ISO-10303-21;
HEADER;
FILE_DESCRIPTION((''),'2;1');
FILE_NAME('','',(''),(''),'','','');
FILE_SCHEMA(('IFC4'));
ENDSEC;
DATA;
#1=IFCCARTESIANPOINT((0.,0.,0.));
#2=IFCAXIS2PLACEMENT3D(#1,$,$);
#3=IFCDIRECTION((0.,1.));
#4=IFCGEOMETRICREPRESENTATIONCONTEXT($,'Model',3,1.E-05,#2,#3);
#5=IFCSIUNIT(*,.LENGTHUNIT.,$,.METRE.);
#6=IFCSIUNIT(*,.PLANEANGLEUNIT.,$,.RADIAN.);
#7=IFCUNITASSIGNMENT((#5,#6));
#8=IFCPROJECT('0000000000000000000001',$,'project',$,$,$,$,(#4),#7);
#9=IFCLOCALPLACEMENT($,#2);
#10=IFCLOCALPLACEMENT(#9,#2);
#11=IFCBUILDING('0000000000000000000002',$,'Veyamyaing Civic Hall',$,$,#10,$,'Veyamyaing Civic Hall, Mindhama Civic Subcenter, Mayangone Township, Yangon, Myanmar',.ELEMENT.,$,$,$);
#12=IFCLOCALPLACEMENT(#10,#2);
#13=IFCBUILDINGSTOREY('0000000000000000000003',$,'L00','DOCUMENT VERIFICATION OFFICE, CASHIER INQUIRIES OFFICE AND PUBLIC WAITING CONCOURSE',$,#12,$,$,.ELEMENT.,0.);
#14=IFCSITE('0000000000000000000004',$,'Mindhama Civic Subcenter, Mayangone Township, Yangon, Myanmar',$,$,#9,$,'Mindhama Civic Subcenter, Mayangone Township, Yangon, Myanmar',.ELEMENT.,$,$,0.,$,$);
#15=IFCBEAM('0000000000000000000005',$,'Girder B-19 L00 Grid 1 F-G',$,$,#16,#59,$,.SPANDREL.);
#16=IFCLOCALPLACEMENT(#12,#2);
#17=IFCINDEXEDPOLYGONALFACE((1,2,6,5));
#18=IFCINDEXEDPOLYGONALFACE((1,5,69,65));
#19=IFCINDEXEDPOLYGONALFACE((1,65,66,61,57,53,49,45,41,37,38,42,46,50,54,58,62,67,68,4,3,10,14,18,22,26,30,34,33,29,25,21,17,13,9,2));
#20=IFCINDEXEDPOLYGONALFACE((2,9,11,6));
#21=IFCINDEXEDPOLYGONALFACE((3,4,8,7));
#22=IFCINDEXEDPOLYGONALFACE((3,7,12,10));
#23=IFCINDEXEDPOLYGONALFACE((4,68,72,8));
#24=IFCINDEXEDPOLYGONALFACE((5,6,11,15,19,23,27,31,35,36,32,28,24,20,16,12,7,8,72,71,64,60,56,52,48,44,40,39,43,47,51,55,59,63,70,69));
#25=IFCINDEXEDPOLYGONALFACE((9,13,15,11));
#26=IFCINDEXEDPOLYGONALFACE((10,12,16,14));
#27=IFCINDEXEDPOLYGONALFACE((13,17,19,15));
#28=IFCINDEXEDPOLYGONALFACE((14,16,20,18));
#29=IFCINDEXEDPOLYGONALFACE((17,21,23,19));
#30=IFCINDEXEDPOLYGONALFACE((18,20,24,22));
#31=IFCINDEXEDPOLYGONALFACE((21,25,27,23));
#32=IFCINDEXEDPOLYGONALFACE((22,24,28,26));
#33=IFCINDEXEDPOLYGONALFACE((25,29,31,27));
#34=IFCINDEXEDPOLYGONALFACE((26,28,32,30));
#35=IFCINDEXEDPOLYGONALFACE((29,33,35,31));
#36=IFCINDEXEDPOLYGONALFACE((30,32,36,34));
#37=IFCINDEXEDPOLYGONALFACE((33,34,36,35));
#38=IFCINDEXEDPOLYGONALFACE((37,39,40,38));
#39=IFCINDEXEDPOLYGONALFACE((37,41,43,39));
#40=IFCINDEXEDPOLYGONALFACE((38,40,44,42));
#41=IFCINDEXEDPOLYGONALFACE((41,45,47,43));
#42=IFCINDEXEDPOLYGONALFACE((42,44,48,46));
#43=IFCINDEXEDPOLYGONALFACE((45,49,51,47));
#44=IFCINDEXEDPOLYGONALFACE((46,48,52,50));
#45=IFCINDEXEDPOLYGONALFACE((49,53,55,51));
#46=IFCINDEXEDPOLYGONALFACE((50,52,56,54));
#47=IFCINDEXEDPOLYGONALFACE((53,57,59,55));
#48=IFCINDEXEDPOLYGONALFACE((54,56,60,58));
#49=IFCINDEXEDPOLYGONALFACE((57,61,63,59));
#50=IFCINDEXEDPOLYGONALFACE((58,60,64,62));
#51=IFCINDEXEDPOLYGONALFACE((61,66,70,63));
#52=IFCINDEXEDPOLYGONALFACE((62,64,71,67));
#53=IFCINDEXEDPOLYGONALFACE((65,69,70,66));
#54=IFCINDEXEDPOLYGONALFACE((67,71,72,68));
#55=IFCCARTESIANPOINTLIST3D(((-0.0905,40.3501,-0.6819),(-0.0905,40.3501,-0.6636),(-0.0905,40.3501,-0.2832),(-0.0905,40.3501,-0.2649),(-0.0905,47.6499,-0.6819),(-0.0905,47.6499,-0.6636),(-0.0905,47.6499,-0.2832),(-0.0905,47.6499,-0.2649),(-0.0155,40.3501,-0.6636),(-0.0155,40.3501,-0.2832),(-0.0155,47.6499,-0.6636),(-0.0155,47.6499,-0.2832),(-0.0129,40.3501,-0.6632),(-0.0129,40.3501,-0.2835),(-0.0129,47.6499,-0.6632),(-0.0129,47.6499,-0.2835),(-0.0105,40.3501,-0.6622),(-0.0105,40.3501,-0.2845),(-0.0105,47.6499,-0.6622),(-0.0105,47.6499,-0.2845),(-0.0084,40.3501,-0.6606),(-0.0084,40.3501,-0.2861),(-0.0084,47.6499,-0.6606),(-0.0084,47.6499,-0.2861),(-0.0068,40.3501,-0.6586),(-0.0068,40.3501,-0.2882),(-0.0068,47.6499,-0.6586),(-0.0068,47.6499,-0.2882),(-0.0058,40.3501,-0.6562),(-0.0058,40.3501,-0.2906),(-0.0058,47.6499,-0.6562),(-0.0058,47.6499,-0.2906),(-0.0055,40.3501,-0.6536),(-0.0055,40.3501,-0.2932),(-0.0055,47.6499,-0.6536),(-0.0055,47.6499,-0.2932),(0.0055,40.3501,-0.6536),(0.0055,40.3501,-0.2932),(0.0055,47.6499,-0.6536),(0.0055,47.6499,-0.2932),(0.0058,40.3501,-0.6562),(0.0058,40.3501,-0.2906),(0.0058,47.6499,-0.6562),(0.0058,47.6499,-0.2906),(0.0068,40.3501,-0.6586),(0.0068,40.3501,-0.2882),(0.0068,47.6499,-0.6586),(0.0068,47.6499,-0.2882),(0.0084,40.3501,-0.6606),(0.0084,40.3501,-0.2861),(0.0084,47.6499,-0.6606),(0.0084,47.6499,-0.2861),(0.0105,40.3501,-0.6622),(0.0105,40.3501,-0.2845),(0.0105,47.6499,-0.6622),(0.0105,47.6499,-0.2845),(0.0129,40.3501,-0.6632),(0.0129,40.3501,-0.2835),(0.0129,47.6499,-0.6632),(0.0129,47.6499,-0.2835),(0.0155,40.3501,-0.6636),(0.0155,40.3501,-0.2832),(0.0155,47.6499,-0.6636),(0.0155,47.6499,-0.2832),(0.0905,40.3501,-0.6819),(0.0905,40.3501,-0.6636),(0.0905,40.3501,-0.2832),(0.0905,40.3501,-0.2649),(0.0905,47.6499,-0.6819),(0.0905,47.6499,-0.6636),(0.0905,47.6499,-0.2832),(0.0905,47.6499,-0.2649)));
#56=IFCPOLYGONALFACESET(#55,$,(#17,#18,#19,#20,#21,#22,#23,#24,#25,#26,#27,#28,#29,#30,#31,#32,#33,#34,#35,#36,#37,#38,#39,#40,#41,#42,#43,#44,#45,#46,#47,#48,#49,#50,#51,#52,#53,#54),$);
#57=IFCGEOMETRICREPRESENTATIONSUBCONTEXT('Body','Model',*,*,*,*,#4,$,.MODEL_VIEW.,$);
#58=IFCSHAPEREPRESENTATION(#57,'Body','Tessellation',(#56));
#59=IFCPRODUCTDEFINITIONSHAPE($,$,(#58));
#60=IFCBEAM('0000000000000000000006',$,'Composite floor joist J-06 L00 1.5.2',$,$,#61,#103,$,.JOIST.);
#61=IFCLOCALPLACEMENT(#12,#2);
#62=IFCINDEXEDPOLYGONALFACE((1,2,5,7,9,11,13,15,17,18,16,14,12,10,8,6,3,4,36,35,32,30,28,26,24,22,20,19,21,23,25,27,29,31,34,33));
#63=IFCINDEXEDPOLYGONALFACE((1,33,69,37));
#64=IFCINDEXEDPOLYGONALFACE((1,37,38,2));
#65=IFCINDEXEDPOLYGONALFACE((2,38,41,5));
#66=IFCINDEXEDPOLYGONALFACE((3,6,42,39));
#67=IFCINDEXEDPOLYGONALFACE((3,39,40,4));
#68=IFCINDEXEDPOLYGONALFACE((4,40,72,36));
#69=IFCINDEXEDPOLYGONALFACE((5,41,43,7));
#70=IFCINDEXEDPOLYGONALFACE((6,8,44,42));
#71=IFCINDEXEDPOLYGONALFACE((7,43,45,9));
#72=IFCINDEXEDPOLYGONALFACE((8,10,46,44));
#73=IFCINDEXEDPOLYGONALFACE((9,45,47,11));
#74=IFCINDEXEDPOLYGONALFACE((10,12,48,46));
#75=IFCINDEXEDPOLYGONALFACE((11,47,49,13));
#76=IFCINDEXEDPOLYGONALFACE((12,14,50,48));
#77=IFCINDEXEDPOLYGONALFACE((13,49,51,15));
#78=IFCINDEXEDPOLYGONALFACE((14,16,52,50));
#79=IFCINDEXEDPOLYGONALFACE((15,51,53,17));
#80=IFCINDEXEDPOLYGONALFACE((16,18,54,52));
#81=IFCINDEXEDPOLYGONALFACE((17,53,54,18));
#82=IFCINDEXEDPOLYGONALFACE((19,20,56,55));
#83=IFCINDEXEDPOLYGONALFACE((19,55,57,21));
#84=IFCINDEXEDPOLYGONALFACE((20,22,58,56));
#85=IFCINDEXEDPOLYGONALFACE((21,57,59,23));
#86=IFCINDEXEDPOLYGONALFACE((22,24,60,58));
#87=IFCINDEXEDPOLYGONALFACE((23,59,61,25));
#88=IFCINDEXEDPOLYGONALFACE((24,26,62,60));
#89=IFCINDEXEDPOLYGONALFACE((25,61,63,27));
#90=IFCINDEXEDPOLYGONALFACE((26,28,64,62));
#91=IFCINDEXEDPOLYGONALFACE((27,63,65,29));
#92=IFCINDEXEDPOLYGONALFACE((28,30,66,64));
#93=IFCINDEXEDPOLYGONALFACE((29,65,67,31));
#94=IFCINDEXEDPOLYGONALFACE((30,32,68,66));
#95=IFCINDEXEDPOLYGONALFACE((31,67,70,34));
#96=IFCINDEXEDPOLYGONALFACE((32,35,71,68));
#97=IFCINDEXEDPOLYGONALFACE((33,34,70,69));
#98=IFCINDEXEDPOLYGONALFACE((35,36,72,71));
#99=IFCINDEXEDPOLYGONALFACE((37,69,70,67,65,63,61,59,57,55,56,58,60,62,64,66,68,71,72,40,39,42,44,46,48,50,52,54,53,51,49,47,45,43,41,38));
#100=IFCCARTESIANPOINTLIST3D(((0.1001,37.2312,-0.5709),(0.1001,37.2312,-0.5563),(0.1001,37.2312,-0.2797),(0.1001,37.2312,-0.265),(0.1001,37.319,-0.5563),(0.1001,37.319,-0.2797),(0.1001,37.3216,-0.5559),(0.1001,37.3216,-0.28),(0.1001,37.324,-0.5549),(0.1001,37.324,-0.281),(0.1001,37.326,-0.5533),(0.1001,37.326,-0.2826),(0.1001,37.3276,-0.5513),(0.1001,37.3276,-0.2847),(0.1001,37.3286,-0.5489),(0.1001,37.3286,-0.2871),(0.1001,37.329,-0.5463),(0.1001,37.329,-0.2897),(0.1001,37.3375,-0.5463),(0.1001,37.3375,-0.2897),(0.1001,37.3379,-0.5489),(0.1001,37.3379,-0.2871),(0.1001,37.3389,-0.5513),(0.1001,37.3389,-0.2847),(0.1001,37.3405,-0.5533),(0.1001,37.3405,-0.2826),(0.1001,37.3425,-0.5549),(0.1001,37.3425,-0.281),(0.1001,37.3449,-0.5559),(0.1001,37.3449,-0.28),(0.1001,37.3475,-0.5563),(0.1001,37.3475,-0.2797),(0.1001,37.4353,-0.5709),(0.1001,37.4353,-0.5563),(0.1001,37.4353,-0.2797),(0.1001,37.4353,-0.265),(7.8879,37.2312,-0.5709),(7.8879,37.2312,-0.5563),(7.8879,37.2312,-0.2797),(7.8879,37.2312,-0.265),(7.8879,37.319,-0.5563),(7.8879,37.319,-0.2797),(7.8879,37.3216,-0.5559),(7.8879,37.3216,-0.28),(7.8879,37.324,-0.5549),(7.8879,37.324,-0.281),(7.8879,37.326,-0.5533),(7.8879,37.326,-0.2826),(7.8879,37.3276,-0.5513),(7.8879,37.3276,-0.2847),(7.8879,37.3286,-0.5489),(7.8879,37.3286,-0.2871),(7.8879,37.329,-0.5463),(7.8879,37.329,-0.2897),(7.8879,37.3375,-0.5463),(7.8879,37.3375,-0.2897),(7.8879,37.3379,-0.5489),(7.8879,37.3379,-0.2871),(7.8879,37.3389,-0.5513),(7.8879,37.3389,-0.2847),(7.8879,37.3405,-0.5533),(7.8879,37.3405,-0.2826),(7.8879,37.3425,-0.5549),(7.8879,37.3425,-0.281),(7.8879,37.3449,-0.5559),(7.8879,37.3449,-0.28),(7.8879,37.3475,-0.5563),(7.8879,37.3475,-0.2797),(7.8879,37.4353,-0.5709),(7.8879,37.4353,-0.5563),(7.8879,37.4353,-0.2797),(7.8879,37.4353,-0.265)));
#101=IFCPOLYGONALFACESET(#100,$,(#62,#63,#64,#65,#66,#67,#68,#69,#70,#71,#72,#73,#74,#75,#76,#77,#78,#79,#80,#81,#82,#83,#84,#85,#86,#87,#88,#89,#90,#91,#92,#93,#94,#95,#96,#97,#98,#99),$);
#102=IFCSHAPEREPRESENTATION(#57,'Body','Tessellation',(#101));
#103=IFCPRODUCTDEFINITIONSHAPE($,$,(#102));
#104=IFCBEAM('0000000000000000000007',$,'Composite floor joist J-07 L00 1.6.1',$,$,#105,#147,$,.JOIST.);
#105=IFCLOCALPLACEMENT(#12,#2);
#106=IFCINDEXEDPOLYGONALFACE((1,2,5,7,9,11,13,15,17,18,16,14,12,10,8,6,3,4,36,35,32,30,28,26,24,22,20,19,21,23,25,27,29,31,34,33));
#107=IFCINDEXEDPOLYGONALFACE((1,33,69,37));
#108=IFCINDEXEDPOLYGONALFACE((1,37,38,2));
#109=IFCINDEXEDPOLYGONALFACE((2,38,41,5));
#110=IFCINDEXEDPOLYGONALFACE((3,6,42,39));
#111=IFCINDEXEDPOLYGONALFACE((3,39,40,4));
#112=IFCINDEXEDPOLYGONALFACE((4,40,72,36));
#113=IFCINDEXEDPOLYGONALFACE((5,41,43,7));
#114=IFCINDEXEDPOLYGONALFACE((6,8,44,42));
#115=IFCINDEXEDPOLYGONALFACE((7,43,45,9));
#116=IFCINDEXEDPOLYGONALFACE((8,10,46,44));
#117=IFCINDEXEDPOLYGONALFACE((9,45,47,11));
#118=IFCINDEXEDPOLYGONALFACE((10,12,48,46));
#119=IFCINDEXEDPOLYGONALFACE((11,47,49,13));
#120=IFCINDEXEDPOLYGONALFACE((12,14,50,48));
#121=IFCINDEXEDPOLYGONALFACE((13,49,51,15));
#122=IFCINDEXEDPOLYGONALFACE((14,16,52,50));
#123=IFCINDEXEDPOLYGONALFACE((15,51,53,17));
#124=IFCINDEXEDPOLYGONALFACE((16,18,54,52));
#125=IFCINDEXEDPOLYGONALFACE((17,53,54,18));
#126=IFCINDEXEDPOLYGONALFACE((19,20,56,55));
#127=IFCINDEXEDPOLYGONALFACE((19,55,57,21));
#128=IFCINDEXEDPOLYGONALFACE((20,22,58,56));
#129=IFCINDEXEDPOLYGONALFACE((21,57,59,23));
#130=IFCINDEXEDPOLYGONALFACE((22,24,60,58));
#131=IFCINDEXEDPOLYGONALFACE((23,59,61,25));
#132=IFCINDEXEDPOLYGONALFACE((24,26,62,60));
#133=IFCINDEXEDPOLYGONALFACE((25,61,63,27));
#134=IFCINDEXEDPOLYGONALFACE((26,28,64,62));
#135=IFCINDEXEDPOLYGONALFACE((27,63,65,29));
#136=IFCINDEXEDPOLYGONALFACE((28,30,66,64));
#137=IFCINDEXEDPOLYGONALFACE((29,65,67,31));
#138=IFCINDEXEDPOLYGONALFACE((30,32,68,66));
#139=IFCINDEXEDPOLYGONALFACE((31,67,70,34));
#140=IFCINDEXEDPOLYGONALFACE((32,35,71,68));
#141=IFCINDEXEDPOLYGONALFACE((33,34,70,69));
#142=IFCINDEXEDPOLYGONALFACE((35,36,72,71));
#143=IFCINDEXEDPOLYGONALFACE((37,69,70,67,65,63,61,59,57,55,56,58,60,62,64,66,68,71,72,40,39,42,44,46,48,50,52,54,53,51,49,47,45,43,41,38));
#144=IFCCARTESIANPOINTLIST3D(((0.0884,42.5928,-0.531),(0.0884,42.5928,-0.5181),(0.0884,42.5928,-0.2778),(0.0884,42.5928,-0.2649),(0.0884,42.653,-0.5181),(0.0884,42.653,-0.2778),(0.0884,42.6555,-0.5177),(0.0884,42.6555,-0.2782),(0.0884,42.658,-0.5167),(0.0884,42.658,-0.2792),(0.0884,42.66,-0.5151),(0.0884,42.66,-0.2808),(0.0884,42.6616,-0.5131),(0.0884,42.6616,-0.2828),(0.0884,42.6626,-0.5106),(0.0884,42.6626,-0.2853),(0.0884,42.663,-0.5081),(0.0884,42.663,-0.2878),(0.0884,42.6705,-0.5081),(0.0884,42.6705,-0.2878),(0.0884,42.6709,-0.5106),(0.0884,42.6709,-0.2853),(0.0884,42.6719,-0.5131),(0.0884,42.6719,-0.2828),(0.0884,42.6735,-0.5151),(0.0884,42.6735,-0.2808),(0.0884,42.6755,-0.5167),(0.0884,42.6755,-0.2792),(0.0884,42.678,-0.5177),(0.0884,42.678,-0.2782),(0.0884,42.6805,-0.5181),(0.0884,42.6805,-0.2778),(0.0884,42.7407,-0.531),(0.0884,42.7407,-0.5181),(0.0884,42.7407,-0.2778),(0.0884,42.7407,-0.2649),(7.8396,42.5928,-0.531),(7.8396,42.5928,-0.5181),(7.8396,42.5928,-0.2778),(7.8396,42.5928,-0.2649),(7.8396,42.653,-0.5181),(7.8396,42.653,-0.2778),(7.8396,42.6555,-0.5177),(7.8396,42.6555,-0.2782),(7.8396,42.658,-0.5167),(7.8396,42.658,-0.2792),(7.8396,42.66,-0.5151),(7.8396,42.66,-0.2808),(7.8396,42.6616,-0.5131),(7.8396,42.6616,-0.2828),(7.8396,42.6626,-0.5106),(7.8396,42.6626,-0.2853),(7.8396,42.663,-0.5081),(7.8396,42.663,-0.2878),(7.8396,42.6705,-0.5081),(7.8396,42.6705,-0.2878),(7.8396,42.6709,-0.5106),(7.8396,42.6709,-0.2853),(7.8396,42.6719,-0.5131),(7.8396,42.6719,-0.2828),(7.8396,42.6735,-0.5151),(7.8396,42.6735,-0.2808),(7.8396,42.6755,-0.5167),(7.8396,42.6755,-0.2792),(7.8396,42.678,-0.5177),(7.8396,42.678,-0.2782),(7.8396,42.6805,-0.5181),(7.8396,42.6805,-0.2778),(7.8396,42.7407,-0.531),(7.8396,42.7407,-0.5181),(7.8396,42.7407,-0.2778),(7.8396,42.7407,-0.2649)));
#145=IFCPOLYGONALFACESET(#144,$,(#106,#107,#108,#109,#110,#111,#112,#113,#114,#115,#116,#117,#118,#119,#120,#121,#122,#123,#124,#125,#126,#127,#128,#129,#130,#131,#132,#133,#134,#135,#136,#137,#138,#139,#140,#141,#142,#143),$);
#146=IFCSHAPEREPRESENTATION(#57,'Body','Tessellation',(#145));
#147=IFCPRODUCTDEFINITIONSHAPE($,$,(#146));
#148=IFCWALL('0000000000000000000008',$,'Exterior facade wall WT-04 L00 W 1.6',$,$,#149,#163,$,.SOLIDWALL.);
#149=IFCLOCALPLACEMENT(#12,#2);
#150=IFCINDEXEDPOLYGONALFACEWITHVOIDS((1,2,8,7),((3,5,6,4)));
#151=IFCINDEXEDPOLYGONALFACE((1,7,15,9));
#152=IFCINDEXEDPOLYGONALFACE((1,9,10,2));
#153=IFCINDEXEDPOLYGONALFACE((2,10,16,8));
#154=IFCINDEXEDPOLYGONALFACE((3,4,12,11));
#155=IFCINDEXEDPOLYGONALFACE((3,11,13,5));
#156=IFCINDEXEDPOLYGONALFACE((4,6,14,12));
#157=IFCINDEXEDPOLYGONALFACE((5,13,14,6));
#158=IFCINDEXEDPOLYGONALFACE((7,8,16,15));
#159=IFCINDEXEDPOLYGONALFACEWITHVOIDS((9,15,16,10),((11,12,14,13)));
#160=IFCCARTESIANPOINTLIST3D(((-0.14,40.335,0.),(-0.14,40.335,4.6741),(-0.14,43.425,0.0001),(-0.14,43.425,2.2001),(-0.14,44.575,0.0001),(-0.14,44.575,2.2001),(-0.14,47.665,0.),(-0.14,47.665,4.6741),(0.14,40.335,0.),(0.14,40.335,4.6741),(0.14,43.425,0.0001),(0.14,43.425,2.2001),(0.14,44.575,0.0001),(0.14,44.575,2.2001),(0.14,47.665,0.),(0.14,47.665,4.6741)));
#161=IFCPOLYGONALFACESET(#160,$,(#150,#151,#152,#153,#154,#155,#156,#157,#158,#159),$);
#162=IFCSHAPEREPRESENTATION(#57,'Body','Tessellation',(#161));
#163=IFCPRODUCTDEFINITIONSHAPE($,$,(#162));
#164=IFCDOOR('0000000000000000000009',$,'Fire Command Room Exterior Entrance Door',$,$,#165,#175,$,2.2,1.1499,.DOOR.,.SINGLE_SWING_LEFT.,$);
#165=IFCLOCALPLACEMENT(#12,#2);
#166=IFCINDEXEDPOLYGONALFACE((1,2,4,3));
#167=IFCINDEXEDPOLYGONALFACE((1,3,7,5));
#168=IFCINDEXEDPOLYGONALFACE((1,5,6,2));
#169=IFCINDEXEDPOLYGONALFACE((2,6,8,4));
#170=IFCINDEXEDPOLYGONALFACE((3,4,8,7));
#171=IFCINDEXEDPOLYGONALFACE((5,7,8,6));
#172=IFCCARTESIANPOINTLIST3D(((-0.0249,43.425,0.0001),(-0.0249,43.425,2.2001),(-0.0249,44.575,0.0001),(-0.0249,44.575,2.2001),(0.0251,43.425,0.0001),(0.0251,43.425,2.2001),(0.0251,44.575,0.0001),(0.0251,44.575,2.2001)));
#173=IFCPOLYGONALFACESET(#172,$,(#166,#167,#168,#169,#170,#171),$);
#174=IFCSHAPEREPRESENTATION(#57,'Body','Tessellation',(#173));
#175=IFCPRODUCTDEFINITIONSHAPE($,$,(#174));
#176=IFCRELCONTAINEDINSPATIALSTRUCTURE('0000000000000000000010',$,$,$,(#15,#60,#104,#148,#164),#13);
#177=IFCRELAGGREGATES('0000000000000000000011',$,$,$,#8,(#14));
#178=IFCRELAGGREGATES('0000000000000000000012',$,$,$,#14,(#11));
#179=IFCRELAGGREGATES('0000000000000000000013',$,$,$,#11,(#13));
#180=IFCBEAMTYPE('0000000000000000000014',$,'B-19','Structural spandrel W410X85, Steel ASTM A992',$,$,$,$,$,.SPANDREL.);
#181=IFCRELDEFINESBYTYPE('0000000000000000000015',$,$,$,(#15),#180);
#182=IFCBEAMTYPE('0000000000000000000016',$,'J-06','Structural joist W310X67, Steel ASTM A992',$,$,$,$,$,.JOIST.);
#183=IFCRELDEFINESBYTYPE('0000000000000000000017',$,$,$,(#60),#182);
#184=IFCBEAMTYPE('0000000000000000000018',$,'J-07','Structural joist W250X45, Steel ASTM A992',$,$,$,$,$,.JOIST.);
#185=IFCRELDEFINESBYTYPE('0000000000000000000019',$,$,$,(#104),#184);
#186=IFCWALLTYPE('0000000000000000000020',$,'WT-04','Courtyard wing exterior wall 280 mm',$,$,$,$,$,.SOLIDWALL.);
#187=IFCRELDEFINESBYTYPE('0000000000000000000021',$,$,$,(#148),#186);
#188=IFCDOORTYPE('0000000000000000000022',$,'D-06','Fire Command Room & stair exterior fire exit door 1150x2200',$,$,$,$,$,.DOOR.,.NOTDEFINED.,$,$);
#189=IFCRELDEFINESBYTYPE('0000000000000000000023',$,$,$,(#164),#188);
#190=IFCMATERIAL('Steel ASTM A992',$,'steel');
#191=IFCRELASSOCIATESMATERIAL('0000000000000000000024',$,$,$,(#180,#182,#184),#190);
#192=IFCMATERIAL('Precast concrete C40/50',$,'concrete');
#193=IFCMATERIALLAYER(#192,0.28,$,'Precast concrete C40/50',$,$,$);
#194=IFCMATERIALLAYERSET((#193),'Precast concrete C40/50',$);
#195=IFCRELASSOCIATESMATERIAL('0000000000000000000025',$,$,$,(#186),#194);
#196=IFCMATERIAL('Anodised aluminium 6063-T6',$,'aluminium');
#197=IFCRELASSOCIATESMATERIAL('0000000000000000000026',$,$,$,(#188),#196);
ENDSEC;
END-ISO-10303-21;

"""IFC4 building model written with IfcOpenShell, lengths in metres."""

from ifc_helpers import new_model, si_unit, direction, frame, frame_2d, origin, origin_2d, place, context, subcontext, project, spatial, rectangle, i_section, extrude, material, layer, layer_set, material_profile, profile_set, type_object, element, fill, save


model = new_model("IFC4")

# Units and contexts
model_context = context("Model", 3, precision=1e-05, world=origin(), true_north=direction((0.0, 1.0)))
body_context = subcontext(model_context, "Body", "Model", "MODEL_VIEW")
ifc_project = project(units=[si_unit("LENGTHUNIT", "METRE"), si_unit("PLANEANGLEUNIT", "RADIAN")], contexts=[model_context])

# Site, building, storey
site_placement = place(None, origin())
site = spatial("IfcSite", under=ifc_project, at=site_placement, Name="Mindhama Civic Subcenter, Mayangone Township, Yangon, Myanmar", LongName="Mindhama Civic Subcenter, Mayangone Township, Yangon, Myanmar", CompositionType="ELEMENT", RefElevation=0.0)
building_placement = place(site_placement, origin())
building = spatial("IfcBuilding", under=site, at=building_placement, Name="Veyamyaing Civic Hall", LongName="Veyamyaing Civic Hall, Mindhama Civic Subcenter, Mayangone Township, Yangon, Myanmar", CompositionType="ELEMENT")
storey_placement = place(building_placement, origin())
storey = spatial("IfcBuildingStorey", under=building, at=storey_placement, Name="L00", Description="DOCUMENT VERIFICATION OFFICE, CASHIER INQUIRIES OFFICE AND PUBLIC WAITING CONCOURSE", CompositionType="ELEMENT", Elevation=0.0)

# Beams
ifc_material_1 = material(Name="Steel ASTM A992", Category="steel")
ifc_material_profile_1 = material_profile(ifc_material_1, i_section(OverallWidth=0.1809, OverallDepth=0.417, WebThickness=0.011, FlangeThickness=0.0183, FilletRadius=0.01, at=origin_2d()), Name="W410X85")
ifc_profile_set_1 = profile_set([ifc_material_profile_1], Name="Steel ASTM A992")
beam_type_1 = type_object("IfcBeamType", Name="B-19", Description="Structural spandrel W410X85, Steel ASTM A992", PredefinedType="SPANDREL", material=ifc_profile_set_1)
beam_1_placement = place(storey_placement, frame((0.0, 40.3501, -0.4734), z_axis=(0.0, 1.0, 0.0), x_axis=(-1.0, 0.0, 0.0)))
element("IfcBeam", 1, at=beam_1_placement, inside=storey, type_object=beam_type_1, Name="Girder B-19 L00 Grid 1 F-G", PredefinedType="SPANDREL", context=body_context, shape_type="SweptSolid", body=[
    extrude(i_section(OverallWidth=0.1809, OverallDepth=0.417, WebThickness=0.011, FlangeThickness=0.0183, FilletRadius=0.01, at=origin_2d()), origin(), (0.0, 0.0, 1.0), 7.2998),
])
ifc_material_profile_2 = material_profile(ifc_material_1, i_section(OverallWidth=0.2041, OverallDepth=0.3059, WebThickness=0.0085, FlangeThickness=0.0146, FilletRadius=0.01, at=origin_2d()), Name="W310X67")
ifc_profile_set_2 = profile_set([ifc_material_profile_2], Name="Steel ASTM A992")
beam_type_2 = type_object("IfcBeamType", Name="J-06", Description="Structural joist W310X67, Steel ASTM A992", PredefinedType="JOIST", material=ifc_profile_set_2)
beam_2_placement = place(storey_placement, frame((0.1001, 37.3333, -0.418), z_axis=(1.0, 0.0, 0.0), x_axis=(0.0, 1.0, 0.0)))
element("IfcBeam", 2, at=beam_2_placement, inside=storey, type_object=beam_type_2, Name="Composite floor joist J-06 L00 1.5.2", PredefinedType="JOIST", context=body_context, shape_type="SweptSolid", body=[
    extrude(i_section(OverallWidth=0.2041, OverallDepth=0.3059, WebThickness=0.0085, FlangeThickness=0.0146, FilletRadius=0.01, at=origin_2d()), origin(), (0.0, 0.0, 1.0), 7.7878),
])
ifc_material_profile_3 = material_profile(ifc_material_1, i_section(OverallWidth=0.1479, OverallDepth=0.2661, WebThickness=0.0076, FlangeThickness=0.0129, FilletRadius=0.01, at=origin_2d()), Name="W250X45")
ifc_profile_set_3 = profile_set([ifc_material_profile_3], Name="Steel ASTM A992")
beam_type_3 = type_object("IfcBeamType", Name="J-07", Description="Structural joist W250X45, Steel ASTM A992", PredefinedType="JOIST", material=ifc_profile_set_3)
beam_3_placement = place(storey_placement, frame((0.0884, 42.6667, -0.3979), z_axis=(1.0, 0.0, 0.0), x_axis=(0.0, 1.0, 0.0)))
element("IfcBeam", 3, at=beam_3_placement, inside=storey, type_object=beam_type_3, Name="Composite floor joist J-07 L00 1.6.1", PredefinedType="JOIST", context=body_context, shape_type="SweptSolid", body=[
    extrude(i_section(OverallWidth=0.1479, OverallDepth=0.2661, WebThickness=0.0076, FlangeThickness=0.0129, FilletRadius=0.01, at=origin_2d()), origin(), (0.0, 0.0, 1.0), 7.7512),
])

# Wall, opening, door
ifc_material_2 = material(Name="Precast concrete C40/50", Category="concrete")
ifc_layer_1 = layer(ifc_material_2, 0.28, Name="Precast concrete C40/50")
ifc_layer_set_1 = layer_set([ifc_layer_1], Name="Precast concrete C40/50")
wall_type_1 = type_object("IfcWallType", Name="WT-04", Description="Courtyard wing exterior wall 280 mm", PredefinedType="SOLIDWALL", material=ifc_layer_set_1)
wall_1_placement = place(storey_placement, frame((0.0, 40.335, 0.0), z_axis=(0.0, 0.0, 1.0), x_axis=(0.0, 1.0, 0.0)))
wall_1 = element("IfcWall", 4, at=wall_1_placement, inside=storey, type_object=wall_type_1, Name="Exterior facade wall WT-04 L00 W 1.6", PredefinedType="SOLIDWALL", context=body_context, shape_type="SweptSolid", body=[
    extrude(rectangle(XDim=7.3301, YDim=0.28, at=frame_2d((3.665, 0.0))), origin(), (0.0, 0.0, 1.0), 4.6741),
])
opening_1_placement = place(wall_1_placement, frame((3.0901, 0.0, 0.0)))
opening_1 = element("IfcOpeningElement", 5, at=opening_1_placement, cuts=wall_1, PredefinedType="OPENING", context=body_context, shape_type="SweptSolid", body=[
    extrude(rectangle(XDim=1.1499, YDim=2.2, at=frame_2d((0.575, 1.1001))), frame((0.0, 0.1499, 0.0), z_axis=(0.0, -1.0, 0.0), x_axis=(1.0, 0.0, 0.0)), (0.0, 0.0, 1.0), 0.3),
])
ifc_material_3 = material(Name="Anodised aluminium 6063-T6", Category="aluminium")
door_type_1 = type_object("IfcDoorType", Name="D-06", Description="Fire Command Room & stair exterior fire exit door 1150x2200", OperationType="NOTDEFINED", PredefinedType="DOOR", material=ifc_material_3)
door_1_placement = place(opening_1_placement, origin())
door_1 = element("IfcDoor", 6, at=door_1_placement, inside=storey, type_object=door_type_1, Name="Fire Command Room Exterior Entrance Door", OperationType="SINGLE_SWING_LEFT", OverallHeight=2.2, OverallWidth=1.1499, PredefinedType="DOOR", context=body_context, shape_type="SweptSolid", body=[
    extrude(rectangle(XDim=1.1499, YDim=2.2, at=frame_2d((0.575, 1.1001))), frame((0.0, 0.0249, 0.0), z_axis=(0.0, -1.0, 0.0), x_axis=(1.0, 0.0, 0.0)), (0.0, 0.0, 1.0), 0.05),
])
fill(opening_1, door_1)

save(model, "model.ifc")
